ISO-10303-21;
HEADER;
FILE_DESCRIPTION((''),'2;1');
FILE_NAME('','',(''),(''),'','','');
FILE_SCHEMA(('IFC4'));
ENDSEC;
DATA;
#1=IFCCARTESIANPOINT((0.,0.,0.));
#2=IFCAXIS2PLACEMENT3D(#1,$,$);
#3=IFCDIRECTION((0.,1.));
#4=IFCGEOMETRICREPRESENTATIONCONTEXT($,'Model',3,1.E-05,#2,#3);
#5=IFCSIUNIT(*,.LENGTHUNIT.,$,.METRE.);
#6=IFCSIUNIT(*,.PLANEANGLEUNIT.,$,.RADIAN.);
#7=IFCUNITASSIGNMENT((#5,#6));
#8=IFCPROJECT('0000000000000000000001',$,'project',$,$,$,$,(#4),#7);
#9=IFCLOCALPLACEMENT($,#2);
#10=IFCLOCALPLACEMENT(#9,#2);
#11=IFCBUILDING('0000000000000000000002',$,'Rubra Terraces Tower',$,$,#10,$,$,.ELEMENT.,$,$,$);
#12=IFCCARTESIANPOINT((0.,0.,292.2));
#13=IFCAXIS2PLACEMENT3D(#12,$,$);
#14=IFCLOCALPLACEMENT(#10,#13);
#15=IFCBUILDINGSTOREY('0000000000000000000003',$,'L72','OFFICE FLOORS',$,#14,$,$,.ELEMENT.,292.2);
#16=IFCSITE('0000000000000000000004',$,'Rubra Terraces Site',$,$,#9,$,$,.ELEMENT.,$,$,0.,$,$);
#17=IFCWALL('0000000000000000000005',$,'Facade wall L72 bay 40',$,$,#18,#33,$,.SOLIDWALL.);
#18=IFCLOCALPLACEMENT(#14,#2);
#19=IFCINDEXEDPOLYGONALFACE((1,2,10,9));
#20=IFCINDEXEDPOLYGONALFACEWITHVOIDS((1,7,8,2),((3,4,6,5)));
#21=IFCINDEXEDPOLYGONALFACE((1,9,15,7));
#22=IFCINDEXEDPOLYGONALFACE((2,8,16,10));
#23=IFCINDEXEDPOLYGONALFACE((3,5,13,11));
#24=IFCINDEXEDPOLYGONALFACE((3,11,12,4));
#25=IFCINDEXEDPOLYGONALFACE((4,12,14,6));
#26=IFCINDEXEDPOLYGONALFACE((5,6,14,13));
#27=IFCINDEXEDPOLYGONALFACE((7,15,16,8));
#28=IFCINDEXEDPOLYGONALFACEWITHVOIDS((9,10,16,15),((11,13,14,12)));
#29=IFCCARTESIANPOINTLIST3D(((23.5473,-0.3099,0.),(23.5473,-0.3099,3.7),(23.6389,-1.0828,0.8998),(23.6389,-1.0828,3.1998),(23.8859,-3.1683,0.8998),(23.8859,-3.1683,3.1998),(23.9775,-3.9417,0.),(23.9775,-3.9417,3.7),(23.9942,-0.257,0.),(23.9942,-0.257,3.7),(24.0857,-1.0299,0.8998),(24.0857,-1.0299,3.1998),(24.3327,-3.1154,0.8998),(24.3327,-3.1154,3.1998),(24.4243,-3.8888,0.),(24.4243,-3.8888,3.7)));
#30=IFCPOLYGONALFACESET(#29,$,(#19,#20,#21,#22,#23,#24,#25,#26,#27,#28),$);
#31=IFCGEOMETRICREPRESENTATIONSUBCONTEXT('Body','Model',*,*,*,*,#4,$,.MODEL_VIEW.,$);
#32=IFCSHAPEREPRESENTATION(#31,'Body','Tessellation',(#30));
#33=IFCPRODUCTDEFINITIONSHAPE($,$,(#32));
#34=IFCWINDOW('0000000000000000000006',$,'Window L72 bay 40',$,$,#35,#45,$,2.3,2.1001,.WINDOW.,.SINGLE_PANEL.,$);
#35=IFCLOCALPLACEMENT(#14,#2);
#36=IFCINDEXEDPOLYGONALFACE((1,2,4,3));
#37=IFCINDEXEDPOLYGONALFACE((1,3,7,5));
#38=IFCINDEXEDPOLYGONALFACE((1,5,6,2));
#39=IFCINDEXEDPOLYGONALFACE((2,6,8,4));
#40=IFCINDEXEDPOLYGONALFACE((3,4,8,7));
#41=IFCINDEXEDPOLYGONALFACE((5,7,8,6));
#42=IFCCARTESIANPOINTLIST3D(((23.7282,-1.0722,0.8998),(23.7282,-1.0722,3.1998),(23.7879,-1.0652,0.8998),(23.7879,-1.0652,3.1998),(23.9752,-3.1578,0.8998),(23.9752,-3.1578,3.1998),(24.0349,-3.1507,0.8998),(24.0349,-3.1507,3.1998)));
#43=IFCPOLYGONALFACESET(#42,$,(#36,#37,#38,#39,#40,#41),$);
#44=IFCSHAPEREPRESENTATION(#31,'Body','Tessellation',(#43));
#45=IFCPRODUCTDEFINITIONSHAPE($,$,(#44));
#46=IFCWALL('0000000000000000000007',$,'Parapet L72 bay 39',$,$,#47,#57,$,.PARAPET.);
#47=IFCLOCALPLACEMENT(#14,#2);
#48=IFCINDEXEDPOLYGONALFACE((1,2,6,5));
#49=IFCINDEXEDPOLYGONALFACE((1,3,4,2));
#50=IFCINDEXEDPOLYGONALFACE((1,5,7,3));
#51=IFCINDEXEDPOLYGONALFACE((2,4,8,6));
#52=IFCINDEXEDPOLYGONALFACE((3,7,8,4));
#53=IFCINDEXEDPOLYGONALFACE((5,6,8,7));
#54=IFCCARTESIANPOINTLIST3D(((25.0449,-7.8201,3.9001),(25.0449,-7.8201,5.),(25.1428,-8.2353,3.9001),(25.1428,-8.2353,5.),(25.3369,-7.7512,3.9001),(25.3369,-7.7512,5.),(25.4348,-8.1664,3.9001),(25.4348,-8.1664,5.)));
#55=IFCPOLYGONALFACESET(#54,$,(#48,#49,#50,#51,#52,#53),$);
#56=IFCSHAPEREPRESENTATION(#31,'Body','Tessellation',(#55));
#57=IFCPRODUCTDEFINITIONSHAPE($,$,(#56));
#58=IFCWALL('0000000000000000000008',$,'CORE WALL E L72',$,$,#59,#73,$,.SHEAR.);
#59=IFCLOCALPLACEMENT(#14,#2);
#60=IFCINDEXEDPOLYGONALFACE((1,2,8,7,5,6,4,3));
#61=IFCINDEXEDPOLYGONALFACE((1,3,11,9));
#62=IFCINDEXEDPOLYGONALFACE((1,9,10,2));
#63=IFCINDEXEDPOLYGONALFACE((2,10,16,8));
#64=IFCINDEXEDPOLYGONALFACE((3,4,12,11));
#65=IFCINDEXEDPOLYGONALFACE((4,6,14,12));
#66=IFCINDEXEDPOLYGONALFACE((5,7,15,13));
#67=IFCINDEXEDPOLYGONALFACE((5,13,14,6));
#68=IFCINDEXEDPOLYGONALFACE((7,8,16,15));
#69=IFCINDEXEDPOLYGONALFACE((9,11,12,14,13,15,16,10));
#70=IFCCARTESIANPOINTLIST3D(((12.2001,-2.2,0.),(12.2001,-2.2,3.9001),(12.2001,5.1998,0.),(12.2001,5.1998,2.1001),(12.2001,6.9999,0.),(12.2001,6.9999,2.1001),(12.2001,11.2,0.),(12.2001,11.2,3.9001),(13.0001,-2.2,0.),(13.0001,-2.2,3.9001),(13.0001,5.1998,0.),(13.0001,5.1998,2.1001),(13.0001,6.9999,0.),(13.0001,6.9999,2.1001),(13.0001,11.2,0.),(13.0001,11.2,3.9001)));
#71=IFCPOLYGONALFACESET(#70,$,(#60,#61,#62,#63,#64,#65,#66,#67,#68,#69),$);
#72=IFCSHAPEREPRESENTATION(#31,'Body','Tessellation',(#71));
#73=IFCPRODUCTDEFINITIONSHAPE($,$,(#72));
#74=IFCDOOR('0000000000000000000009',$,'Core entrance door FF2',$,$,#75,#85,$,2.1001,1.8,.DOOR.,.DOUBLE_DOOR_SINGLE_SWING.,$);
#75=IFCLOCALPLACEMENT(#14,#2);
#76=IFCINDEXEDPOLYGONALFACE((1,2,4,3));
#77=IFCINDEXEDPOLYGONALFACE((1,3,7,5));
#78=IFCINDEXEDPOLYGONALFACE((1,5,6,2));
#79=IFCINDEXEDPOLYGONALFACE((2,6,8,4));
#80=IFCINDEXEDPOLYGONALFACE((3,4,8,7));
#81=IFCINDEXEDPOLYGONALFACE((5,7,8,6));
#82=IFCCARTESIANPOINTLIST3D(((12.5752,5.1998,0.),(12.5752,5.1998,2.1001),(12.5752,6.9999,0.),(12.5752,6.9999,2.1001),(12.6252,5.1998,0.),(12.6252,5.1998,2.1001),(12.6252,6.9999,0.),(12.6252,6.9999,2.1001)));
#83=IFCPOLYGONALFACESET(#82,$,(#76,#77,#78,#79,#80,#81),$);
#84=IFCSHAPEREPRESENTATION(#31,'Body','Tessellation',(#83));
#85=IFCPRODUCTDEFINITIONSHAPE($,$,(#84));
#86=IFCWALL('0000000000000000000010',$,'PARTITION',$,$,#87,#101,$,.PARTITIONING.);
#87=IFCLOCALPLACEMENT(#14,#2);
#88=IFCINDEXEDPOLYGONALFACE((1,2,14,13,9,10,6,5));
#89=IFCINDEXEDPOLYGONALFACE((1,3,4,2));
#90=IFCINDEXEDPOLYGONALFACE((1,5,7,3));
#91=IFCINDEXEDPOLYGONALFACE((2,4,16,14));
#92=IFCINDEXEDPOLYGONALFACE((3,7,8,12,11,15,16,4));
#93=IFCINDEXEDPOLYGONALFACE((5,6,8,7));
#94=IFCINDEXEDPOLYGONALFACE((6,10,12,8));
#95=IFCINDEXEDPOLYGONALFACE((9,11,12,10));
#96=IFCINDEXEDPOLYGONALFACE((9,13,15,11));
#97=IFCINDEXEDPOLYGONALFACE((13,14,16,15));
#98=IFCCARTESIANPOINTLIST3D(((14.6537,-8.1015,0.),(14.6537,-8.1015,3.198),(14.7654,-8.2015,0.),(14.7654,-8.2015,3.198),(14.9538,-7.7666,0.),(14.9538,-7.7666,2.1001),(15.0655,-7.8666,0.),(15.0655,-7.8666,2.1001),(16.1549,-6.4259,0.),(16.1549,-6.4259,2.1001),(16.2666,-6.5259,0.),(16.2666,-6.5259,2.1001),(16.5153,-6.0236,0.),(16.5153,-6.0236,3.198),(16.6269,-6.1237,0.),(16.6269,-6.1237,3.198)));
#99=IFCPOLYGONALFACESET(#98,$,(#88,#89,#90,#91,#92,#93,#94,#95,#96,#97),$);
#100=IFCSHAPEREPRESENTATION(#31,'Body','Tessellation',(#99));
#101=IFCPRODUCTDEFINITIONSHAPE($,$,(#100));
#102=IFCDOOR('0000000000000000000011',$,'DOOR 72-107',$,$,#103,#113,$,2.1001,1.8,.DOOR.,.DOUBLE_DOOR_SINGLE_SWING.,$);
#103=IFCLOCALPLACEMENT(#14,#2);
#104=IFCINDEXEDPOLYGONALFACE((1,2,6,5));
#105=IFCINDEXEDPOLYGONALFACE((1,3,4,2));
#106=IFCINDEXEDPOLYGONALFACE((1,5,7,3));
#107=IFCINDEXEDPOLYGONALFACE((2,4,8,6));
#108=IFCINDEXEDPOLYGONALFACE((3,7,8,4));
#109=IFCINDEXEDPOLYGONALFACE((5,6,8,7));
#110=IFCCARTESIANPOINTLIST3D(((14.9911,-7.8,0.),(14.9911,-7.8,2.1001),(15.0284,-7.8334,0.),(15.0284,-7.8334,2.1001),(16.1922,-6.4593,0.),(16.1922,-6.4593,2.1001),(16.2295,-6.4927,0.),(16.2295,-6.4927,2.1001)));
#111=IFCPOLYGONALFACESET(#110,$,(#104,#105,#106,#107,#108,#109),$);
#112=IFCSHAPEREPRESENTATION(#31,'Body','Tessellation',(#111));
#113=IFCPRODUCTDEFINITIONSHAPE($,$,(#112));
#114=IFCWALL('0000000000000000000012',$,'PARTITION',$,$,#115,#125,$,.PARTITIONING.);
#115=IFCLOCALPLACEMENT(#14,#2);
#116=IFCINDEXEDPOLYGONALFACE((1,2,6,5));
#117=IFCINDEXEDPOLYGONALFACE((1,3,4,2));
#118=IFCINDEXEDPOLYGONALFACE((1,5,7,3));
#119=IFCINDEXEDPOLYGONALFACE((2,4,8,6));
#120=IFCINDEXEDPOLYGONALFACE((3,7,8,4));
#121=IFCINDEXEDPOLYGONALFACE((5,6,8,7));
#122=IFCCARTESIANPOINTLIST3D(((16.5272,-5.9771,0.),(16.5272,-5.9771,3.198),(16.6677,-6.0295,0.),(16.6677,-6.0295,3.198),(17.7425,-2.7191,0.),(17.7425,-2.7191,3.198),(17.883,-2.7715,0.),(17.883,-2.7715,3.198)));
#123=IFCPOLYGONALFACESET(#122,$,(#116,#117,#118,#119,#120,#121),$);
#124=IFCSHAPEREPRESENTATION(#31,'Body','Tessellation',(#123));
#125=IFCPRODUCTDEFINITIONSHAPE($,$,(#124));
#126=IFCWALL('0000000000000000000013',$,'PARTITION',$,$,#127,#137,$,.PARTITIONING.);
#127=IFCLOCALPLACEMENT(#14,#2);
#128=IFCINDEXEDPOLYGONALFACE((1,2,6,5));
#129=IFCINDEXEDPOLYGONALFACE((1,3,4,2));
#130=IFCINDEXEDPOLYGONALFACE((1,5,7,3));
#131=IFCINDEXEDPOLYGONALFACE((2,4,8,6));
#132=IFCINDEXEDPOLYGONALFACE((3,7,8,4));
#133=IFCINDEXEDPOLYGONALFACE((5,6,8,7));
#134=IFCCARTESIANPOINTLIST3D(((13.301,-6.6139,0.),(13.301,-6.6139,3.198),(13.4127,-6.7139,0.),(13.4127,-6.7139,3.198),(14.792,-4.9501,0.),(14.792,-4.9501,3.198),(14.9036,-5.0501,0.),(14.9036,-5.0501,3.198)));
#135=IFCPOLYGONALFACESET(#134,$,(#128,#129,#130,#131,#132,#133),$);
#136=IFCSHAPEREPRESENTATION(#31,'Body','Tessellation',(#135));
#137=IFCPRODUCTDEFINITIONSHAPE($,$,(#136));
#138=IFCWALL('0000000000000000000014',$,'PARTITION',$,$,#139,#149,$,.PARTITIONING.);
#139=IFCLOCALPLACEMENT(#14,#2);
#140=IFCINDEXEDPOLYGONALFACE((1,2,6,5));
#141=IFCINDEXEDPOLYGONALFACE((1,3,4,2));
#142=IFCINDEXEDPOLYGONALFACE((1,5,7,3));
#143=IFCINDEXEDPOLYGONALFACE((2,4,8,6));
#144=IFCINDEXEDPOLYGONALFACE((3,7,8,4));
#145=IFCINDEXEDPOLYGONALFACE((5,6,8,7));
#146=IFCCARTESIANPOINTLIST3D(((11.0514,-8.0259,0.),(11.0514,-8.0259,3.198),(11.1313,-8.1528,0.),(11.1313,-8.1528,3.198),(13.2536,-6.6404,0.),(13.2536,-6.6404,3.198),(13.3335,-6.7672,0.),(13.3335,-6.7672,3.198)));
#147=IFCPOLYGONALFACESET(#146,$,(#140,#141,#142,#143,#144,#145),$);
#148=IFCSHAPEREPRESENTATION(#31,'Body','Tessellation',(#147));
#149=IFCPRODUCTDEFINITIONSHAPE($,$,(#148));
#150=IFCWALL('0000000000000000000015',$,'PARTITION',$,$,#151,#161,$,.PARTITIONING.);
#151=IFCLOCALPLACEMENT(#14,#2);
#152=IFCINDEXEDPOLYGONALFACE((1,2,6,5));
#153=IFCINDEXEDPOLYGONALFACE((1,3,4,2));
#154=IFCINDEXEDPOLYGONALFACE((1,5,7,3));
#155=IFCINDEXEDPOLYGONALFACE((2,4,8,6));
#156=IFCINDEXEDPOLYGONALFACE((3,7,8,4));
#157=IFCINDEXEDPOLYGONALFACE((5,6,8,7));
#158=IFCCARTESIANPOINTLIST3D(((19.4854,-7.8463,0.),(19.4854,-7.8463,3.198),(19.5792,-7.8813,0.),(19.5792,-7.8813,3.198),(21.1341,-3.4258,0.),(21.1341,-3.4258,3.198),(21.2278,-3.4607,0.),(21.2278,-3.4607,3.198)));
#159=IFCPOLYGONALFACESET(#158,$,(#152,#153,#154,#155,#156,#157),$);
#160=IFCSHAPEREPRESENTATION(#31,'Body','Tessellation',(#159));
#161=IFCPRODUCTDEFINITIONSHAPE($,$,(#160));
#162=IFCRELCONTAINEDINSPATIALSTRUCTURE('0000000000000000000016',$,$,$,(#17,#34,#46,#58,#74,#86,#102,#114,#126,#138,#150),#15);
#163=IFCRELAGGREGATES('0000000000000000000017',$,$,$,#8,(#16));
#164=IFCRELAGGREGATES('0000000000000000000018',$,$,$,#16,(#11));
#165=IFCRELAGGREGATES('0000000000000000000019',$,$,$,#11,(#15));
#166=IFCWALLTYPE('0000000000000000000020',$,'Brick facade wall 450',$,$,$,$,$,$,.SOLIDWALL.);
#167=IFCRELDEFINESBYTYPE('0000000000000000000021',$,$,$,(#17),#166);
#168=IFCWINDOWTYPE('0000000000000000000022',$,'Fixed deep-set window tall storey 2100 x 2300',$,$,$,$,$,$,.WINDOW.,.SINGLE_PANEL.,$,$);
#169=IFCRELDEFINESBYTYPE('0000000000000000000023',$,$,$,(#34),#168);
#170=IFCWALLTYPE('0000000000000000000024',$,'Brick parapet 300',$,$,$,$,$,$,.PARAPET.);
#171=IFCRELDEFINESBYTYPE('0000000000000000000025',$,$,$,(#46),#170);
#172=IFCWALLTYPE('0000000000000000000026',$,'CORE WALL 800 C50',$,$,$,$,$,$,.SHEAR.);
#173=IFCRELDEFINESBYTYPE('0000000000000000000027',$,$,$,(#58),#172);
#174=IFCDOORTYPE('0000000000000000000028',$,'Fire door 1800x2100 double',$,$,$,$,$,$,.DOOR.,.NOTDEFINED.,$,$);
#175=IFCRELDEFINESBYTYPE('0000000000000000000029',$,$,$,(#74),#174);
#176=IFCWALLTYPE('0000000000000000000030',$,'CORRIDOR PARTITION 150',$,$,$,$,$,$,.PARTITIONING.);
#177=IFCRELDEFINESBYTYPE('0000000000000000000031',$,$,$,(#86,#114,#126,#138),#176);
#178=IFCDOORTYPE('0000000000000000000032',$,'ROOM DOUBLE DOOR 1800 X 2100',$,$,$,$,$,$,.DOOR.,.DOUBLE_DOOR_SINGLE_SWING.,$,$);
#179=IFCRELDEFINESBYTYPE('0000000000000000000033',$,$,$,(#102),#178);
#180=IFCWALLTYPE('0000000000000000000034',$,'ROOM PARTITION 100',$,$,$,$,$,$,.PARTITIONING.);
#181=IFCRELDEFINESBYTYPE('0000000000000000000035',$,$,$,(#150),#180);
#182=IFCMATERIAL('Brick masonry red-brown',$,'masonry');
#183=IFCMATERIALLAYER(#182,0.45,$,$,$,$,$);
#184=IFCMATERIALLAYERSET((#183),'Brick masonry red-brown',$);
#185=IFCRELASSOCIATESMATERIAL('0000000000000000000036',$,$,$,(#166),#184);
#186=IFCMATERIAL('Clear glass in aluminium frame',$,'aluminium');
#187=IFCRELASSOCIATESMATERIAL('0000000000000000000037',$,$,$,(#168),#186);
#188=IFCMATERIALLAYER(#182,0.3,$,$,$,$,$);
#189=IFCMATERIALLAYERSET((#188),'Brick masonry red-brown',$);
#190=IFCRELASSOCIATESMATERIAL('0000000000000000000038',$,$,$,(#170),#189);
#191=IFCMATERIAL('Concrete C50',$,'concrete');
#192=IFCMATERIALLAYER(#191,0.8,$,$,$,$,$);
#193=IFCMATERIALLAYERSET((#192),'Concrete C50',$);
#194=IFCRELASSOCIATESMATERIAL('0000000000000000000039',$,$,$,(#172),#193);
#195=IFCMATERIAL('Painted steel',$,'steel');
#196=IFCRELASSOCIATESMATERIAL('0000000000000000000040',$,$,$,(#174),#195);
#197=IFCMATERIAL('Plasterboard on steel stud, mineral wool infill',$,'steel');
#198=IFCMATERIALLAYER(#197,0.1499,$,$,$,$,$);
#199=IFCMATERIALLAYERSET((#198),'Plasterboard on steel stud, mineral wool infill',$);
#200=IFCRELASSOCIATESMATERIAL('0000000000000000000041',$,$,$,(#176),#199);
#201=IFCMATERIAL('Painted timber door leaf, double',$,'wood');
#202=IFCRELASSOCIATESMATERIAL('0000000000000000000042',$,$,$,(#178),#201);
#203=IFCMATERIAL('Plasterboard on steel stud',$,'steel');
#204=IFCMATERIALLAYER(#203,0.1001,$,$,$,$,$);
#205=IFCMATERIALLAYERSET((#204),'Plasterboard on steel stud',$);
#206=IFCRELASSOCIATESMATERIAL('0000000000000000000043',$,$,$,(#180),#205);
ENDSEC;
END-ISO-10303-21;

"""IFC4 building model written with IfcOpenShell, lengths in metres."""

from ifc_helpers import new_model, si_unit, direction, frame, frame_2d, origin, place, context, subcontext, project, spatial, rectangle, extrude, material, layer, layer_set, type_object, element, fill, save


model = new_model("IFC4")

# Units and contexts
model_context = context("Model", 3, precision=1e-05, world=origin(), true_north=direction((0.0, 1.0)))
body_context = subcontext(model_context, "Body", "Model", "MODEL_VIEW")
ifc_project = project(units=[si_unit("LENGTHUNIT", "METRE"), si_unit("PLANEANGLEUNIT", "RADIAN")], contexts=[model_context])

# Site, building, storey
site_placement = place(None, origin())
site = spatial("IfcSite", under=ifc_project, at=site_placement, Name="Rubra Terraces Site", CompositionType="ELEMENT", RefElevation=0.0)
building_placement = place(site_placement, origin())
building = spatial("IfcBuilding", under=site, at=building_placement, Name="Rubra Terraces Tower", CompositionType="ELEMENT")
storey_placement = place(building_placement, frame((0.0, 0.0, 292.2)))
storey = spatial("IfcBuildingStorey", under=building, at=storey_placement, Name="L72", Description="OFFICE FLOORS", CompositionType="ELEMENT", Elevation=292.2)

# Shared definitions
ifc_material_1 = material(Name="Concrete C50", Category="concrete")

# Wall, opening, window
ifc_material_2 = material(Name="Brick masonry red-brown", Category="masonry")
ifc_layer_1 = layer(ifc_material_2, 0.45)
ifc_layer_set_1 = layer_set([ifc_layer_1], Name="Brick masonry red-brown")
wall_type_1 = type_object("IfcWallType", Name="Brick facade wall 450", PredefinedType="SOLIDWALL", material=ifc_layer_set_1)
ifc_material_3 = material(Name="Clear glass in aluminium frame", Category="aluminium")
window_type = type_object("IfcWindowType", Name="Fixed deep-set window tall storey 2100 x 2300", PartitioningType="SINGLE_PANEL", PredefinedType="WINDOW", material=ifc_material_3)
wall_1_placement = place(storey_placement, frame((24.2009, -3.9153, 0.0), z_axis=(0.0, 0.0, 1.0), x_axis=(-0.117624, 0.993058, 0.0)))
wall_1 = element("IfcWall", 1, at=wall_1_placement, inside=storey, type_object=wall_type_1, Name="Facade wall L72 bay 40", PredefinedType="SOLIDWALL", context=body_context, shape_type="SweptSolid", body=[
    extrude(rectangle(XDim=3.6572, YDim=0.45, at=frame_2d((1.8286, 0.0))), origin(), (0.0, 0.0, 1.0), 3.7),
])
opening_1_placement = place(wall_1_placement, frame((0.7788, 0.0, 0.8999)))
opening_1 = element("IfcOpeningElement", 2, at=opening_1_placement, cuts=wall_1, PredefinedType="OPENING", context=body_context, shape_type="SweptSolid", body=[
    extrude(rectangle(XDim=2.1001, YDim=2.3, at=frame_2d((1.05, 1.1499))), frame((0.0, 0.2349, 0.0), z_axis=(0.0, -1.0, 0.0), x_axis=(1.0, 0.0, 0.0)), (0.0, 0.0, 1.0), 0.47),
])
window_1_placement = place(opening_1_placement, origin())
window_1 = element("IfcWindow", 3, at=window_1_placement, inside=storey, type_object=window_type, Name="Window L72 bay 40", OverallHeight=2.3, OverallWidth=2.1001, PartitioningType="SINGLE_PANEL", PredefinedType="WINDOW", context=body_context, shape_type="SweptSolid", body=[
    extrude(rectangle(XDim=2.1001, YDim=2.3, at=frame_2d((1.05, 1.1499))), frame((0.0, 0.135, 0.0), z_axis=(0.0, -1.0, 0.0), x_axis=(1.0, 0.0, 0.0)), (0.0, 0.0, 1.0), 0.0601),
])
fill(opening_1, window_1)

# Wall
ifc_layer_2 = layer(ifc_material_2, 0.3)
ifc_layer_set_2 = layer_set([ifc_layer_2], Name="Brick masonry red-brown")
wall_type_2 = type_object("IfcWallType", Name="Brick parapet 300", PredefinedType="PARAPET", material=ifc_layer_set_2)
wall_2_placement = place(storey_placement, frame((25.2888, -8.2009, 3.9001), z_axis=(0.0, 0.0, 1.0), x_axis=(-0.229582, 0.973289, 0.0)))
element("IfcWall", 4, at=wall_2_placement, inside=storey, type_object=wall_type_2, Name="Parapet L72 bay 39", PredefinedType="PARAPET", context=body_context, shape_type="SweptSolid", body=[
    extrude(rectangle(XDim=0.4265, YDim=0.3, at=frame_2d((0.2134, 0.0))), origin(), (0.0, 0.0, 1.0), 1.0999),
])

# Walls, openings, doors
ifc_layer_3 = layer(ifc_material_1, 0.8)
ifc_layer_set_3 = layer_set([ifc_layer_3], Name="Concrete C50")
wall_type_3 = type_object("IfcWallType", Name="CORE WALL 800 C50", PredefinedType="SHEAR", material=ifc_layer_set_3)
wall_3_placement = place(storey_placement, frame((12.6001, -2.2, 0.0), z_axis=(0.0, 0.0, 1.0), x_axis=(0.0, 1.0, 0.0)))
wall_3 = element("IfcWall", 5, at=wall_3_placement, inside=storey, type_object=wall_type_3, Name="CORE WALL E L72", PredefinedType="SHEAR", context=body_context, shape_type="SweptSolid", body=[
    extrude(rectangle(XDim=13.3999, YDim=0.8, at=frame_2d((6.7, 0.0))), origin(), (0.0, 0.0, 1.0), 3.9001),
])
opening_2_placement = place(wall_3_placement, frame((7.3999, 0.0, 0.0)))
opening_2 = element("IfcOpeningElement", 6, at=opening_2_placement, cuts=wall_3, PredefinedType="OPENING", context=body_context, shape_type="SweptSolid", body=[
    extrude(rectangle(XDim=1.8, YDim=2.1001, at=frame_2d((0.8999, 1.05))), frame((0.0, 0.4099, 0.0), z_axis=(0.0, -1.0, 0.0), x_axis=(1.0, 0.0, 0.0)), (0.0, 0.0, 1.0), 0.8201),
])
ifc_material_4 = material(Name="Painted steel", Category="steel")
door_type_1 = type_object("IfcDoorType", Name="Fire door 1800x2100 double", OperationType="NOTDEFINED", PredefinedType="DOOR", material=ifc_material_4)
door_1_placement = place(opening_2_placement, origin())
door_1 = element("IfcDoor", 7, at=door_1_placement, inside=storey, type_object=door_type_1, Name="Core entrance door FF2", OperationType="DOUBLE_DOOR_SINGLE_SWING", OverallHeight=2.1001, OverallWidth=1.8, PredefinedType="DOOR", context=body_context, shape_type="SweptSolid", body=[
    extrude(rectangle(XDim=1.8, YDim=2.1001, at=frame_2d((0.8999, 1.05))), frame((0.0, 0.0249, 0.0), z_axis=(0.0, -1.0, 0.0), x_axis=(1.0, 0.0, 0.0)), (0.0, 0.0, 1.0), 0.05),
])
fill(opening_2, door_1)
ifc_material_5 = material(Name="Plasterboard on steel stud, mineral wool infill", Category="steel")
ifc_layer_4 = layer(ifc_material_5, 0.1499)
ifc_layer_set_4 = layer_set([ifc_layer_4], Name="Plasterboard on steel stud, mineral wool infill")
wall_type_4 = type_object("IfcWallType", Name="CORRIDOR PARTITION 150", PredefinedType="PARTITIONING", material=ifc_layer_set_4)
wall_4_placement = place(storey_placement, frame((14.7095, -8.1516, 0.0), z_axis=(0.0, 0.0, 1.0), x_axis=(0.667276, 0.744811, 0.0)))
wall_4 = element("IfcWall", 8, at=wall_4_placement, inside=storey, type_object=wall_type_4, Name="PARTITION", PredefinedType="PARTITIONING", context=body_context, shape_type="SweptSolid", body=[
    extrude(rectangle(XDim=2.7898, YDim=0.1499, at=frame_2d((1.395, 0.0))), origin(), (0.0, 0.0, 1.0), 3.198),
])
opening_3_placement = place(wall_4_placement, frame((0.45, 0.0, 0.0)))
opening_3 = element("IfcOpeningElement", 9, at=opening_3_placement, cuts=wall_4, PredefinedType="OPENING", context=body_context, shape_type="SweptSolid", body=[
    extrude(rectangle(XDim=1.8, YDim=2.1001, at=frame_2d((0.8999, 1.05))), frame((0.0, 0.085, 0.0), z_axis=(0.0, -1.0, 0.0), x_axis=(1.0, 0.0, 0.0)), (0.0, 0.0, 1.0), 0.1699),
])
ifc_material_6 = material(Name="Painted timber door leaf, double", Category="wood")
door_type_2 = type_object("IfcDoorType", Name="ROOM DOUBLE DOOR 1800 X 2100", OperationType="DOUBLE_DOOR_SINGLE_SWING", PredefinedType="DOOR", material=ifc_material_6)
door_2_placement = place(opening_3_placement, origin())
door_2 = element("IfcDoor", 10, at=door_2_placement, inside=storey, type_object=door_type_2, Name="DOOR 72-107", OperationType="DOUBLE_DOOR_SINGLE_SWING", OverallHeight=2.1001, OverallWidth=1.8, PredefinedType="DOOR", context=body_context, shape_type="SweptSolid", body=[
    extrude(rectangle(XDim=1.8, YDim=2.1001, at=frame_2d((0.8999, 1.05))), frame((0.0, 0.0249, 0.0), z_axis=(0.0, -1.0, 0.0), x_axis=(1.0, 0.0, 0.0)), (0.0, 0.0, 1.0), 0.05),
])
fill(opening_3, door_2)

# Wall
wall_5_placement = place(storey_placement, frame((16.5974, -6.0034, 0.0), z_axis=(0.0, 0.0, 1.0), x_axis=(0.349499, 0.936937, 0.0)))
element("IfcWall", 11, at=wall_5_placement, inside=storey, type_object=wall_type_4, Name="PARTITION", PredefinedType="PARTITIONING", context=body_context, shape_type="SweptSolid", body=[
    extrude(rectangle(XDim=3.4773, YDim=0.1499, at=frame_2d((1.7388, 0.0))), origin(), (0.0, 0.0, 1.0), 3.198),
])

# Walls
wall_6_placement = place(storey_placement, frame((14.8479, -5.0, 0.0), z_axis=(0.0, 0.0, 1.0), x_axis=(-0.667363, -0.744732, 0.0)))
element("IfcWall", 12, at=wall_6_placement, inside=storey, type_object=wall_type_4, Name="PARTITION", PredefinedType="PARTITIONING", context=body_context, shape_type="SweptSolid", body=[
    extrude(rectangle(XDim=2.2341, YDim=0.1499, at=frame_2d((1.1172, 0.0))), origin(), (0.0, 0.0, 1.0), 3.198),
])
wall_7_placement = place(storey_placement, frame((13.2935, -6.7039, 0.0), z_axis=(0.0, 0.0, 1.0), x_axis=(-0.846413, -0.532527, 0.0)))
element("IfcWall", 13, at=wall_7_placement, inside=storey, type_object=wall_type_4, Name="PARTITION", PredefinedType="PARTITIONING", context=body_context, shape_type="SweptSolid", body=[
    extrude(rectangle(XDim=2.6018, YDim=0.1499, at=frame_2d((1.3008, 0.0))), origin(), (0.0, 0.0, 1.0), 3.198),
])
ifc_material_7 = material(Name="Plasterboard on steel stud", Category="steel")
ifc_layer_5 = layer(ifc_material_7, 0.1001)
ifc_layer_set_5 = layer_set([ifc_layer_5], Name="Plasterboard on steel stud")
wall_type_5 = type_object("IfcWallType", Name="ROOM PARTITION 100", PredefinedType="PARTITIONING", material=ifc_layer_set_5)
wall_8_placement = place(storey_placement, frame((21.1809, -3.4434, 0.0), z_axis=(0.0, 0.0, 1.0), x_axis=(-0.349439, -0.936959, 0.0)))
element("IfcWall", 14, at=wall_8_placement, inside=storey, type_object=wall_type_5, Name="PARTITION", PredefinedType="PARTITIONING", context=body_context, shape_type="SweptSolid", body=[
    extrude(rectangle(XDim=4.718, YDim=0.1001, at=frame_2d((2.3589, 0.0))), origin(), (0.0, 0.0, 1.0), 3.198),
])

save(model, "model.ifc")
